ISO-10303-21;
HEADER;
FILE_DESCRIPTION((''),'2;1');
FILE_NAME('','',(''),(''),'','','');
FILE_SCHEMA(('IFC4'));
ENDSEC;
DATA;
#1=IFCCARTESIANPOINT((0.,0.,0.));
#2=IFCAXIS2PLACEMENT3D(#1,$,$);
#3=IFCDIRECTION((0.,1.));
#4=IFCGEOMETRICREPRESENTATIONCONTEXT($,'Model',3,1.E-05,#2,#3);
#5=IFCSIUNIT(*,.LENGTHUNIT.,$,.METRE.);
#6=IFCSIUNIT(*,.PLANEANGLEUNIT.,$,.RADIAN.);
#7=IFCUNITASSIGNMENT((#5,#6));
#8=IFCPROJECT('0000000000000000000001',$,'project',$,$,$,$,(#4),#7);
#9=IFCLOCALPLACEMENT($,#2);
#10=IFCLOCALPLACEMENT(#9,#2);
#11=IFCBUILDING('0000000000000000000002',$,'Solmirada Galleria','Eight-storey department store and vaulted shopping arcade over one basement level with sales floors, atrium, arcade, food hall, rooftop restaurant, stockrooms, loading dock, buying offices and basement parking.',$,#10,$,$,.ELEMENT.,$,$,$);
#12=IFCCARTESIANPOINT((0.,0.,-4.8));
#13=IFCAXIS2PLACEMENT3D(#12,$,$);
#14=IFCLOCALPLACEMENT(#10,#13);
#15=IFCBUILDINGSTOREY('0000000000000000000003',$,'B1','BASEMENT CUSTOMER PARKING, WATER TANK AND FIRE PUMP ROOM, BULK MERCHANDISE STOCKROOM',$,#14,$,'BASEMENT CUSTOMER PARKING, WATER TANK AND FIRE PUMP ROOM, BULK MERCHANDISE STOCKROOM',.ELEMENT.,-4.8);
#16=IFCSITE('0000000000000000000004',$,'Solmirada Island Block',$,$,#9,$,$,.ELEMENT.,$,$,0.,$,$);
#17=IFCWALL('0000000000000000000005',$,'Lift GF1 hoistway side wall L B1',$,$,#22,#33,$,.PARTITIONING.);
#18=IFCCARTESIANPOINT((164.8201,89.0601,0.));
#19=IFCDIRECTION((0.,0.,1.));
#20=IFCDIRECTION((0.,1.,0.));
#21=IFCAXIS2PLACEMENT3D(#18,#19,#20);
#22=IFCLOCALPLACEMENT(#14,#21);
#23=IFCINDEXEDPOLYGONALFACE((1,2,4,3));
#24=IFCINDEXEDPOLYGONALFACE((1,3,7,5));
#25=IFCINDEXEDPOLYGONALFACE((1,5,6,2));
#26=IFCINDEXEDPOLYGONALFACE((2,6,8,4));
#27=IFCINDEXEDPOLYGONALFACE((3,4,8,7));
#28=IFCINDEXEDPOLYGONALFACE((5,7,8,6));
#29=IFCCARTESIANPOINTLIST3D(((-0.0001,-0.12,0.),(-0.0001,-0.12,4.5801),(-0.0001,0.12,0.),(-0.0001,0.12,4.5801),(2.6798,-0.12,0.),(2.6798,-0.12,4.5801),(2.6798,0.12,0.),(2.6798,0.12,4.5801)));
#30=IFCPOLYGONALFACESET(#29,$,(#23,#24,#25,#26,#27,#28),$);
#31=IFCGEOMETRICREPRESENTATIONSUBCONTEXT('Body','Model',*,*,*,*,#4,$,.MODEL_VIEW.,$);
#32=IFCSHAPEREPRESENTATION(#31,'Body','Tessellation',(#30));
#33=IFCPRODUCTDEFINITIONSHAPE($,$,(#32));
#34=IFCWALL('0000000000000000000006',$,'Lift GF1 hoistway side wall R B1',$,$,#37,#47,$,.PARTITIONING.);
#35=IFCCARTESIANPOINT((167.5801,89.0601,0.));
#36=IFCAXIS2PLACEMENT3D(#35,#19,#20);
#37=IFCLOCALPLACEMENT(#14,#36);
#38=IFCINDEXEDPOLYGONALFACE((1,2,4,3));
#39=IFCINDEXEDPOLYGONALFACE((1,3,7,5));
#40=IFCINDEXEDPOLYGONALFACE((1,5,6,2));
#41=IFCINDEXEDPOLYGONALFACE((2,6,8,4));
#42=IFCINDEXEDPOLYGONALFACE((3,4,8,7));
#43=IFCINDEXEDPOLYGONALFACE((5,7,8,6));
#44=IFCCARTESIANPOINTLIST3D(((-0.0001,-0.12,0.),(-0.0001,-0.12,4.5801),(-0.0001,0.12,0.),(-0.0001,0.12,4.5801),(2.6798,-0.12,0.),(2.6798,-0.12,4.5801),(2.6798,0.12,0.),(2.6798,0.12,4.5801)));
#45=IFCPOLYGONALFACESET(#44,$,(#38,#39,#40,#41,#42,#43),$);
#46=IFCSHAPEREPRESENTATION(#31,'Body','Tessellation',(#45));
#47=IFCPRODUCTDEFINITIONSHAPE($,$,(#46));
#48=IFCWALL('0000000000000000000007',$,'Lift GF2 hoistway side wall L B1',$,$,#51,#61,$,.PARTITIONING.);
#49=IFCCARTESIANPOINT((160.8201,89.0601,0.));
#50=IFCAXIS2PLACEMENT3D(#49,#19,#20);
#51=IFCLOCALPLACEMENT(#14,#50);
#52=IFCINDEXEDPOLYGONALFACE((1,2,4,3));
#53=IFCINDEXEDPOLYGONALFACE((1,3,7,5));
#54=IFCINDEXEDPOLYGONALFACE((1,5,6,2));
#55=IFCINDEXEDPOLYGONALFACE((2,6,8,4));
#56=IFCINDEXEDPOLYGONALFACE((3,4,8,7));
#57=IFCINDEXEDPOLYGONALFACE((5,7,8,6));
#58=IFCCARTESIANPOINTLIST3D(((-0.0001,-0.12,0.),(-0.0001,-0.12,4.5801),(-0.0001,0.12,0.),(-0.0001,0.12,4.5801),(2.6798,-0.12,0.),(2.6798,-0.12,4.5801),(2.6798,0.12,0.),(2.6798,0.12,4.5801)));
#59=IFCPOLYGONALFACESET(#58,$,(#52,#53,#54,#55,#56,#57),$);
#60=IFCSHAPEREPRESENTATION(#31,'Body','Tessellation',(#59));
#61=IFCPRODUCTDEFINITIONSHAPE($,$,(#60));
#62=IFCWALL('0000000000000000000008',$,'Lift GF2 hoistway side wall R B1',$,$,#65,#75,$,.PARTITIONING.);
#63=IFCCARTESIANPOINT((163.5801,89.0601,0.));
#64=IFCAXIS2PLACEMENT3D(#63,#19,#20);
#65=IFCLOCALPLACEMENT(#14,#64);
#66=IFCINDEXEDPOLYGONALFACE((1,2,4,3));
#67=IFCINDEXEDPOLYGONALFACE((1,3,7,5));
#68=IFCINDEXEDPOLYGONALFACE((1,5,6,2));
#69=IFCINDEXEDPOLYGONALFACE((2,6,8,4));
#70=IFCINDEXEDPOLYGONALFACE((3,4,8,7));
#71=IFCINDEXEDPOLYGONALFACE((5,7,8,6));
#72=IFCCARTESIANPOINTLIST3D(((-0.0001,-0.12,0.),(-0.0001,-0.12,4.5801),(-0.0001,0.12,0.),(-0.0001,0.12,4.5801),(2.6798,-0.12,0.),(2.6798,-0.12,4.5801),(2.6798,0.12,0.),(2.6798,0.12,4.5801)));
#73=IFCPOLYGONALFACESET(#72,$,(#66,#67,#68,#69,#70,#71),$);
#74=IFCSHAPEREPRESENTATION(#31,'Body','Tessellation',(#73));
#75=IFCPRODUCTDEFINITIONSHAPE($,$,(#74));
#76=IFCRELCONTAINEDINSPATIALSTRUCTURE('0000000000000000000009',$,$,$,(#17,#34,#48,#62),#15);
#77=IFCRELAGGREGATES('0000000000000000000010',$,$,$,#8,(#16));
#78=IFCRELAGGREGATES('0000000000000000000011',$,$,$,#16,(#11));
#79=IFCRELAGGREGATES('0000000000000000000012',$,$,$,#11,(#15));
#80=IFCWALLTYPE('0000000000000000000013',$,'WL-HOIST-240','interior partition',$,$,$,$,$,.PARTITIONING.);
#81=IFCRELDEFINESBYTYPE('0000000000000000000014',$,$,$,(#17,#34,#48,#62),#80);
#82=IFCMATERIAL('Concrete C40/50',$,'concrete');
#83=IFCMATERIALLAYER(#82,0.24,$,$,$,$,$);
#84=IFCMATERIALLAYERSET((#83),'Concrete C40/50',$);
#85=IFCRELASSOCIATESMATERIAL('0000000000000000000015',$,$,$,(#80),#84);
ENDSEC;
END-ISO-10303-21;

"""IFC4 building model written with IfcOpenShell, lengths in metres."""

from ifc_helpers import new_model, si_unit, direction, frame, frame_2d, origin, place, context, subcontext, project, spatial, rectangle, extrude, material, layer, layer_set, type_object, element, save


model = new_model("IFC4")

# Units and contexts
model_context = context("Model", 3, precision=1e-05, world=origin(), true_north=direction((0.0, 1.0)))
body_context = subcontext(model_context, "Body", "Model", "MODEL_VIEW")
ifc_project = project(units=[si_unit("LENGTHUNIT", "METRE"), si_unit("PLANEANGLEUNIT", "RADIAN")], contexts=[model_context])

# Site, building, storey
site_placement = place(None, origin())
site = spatial("IfcSite", under=ifc_project, at=site_placement, Name="Solmirada Island Block", CompositionType="ELEMENT", RefElevation=0.0)
building_placement = place(site_placement, origin())
building = spatial("IfcBuilding", under=site, at=building_placement, Name="Solmirada Galleria", Description="Eight-storey department store and vaulted shopping arcade over one basement level with sales floors, atrium, arcade, food hall, rooftop restaurant, stockrooms, loading dock, buying offices and basement parking.", CompositionType="ELEMENT")
storey_placement = place(building_placement, frame((0.0, 0.0, -4.8)))
storey = spatial("IfcBuildingStorey", under=building, at=storey_placement, Name="B1", Description="BASEMENT CUSTOMER PARKING, WATER TANK AND FIRE PUMP ROOM, BULK MERCHANDISE STOCKROOM", LongName="BASEMENT CUSTOMER PARKING, WATER TANK AND FIRE PUMP ROOM, BULK MERCHANDISE STOCKROOM", CompositionType="ELEMENT", Elevation=-4.8)

# Shared definitions
ifc_material_1 = material(Name="Concrete C40/50", Category="concrete")

# Shared definitions
ifc_layer_1 = layer(ifc_material_1, 0.24)
ifc_layer_set_1 = layer_set([ifc_layer_1], Name="Concrete C40/50")
wall_type_1 = type_object("IfcWallType", Name="WL-HOIST-240", Description="interior partition", PredefinedType="PARTITIONING", material=ifc_layer_set_1)

# Walls
for number, where, z_axis, x_axis, name in (
    (1, (164.8201, 89.0601, 0.0), (0.0, 0.0, 1.0), (0.0, 1.0, 0.0), "Lift GF1 hoistway side wall L B1"),
    (2, (167.5801, 89.0601, 0.0), (0.0, 0.0, 1.0), (0.0, 1.0, 0.0), "Lift GF1 hoistway side wall R B1"),
):
    element("IfcWall", number, at=place(storey_placement, frame(where, z_axis=z_axis, x_axis=x_axis)), inside=storey, type_object=wall_type_1, Name=name, PredefinedType="PARTITIONING", context=body_context, shape_type="SweptSolid", body=[
        extrude(rectangle(XDim=2.6799, YDim=0.24, at=frame_2d((1.3398, 0.0))), origin(), (0.0, 0.0, 1.0), 4.5801),
    ])

# Walls
for number, where, z_axis, x_axis, name in (
    (3, (160.8201, 89.0601, 0.0), (0.0, 0.0, 1.0), (0.0, 1.0, 0.0), "Lift GF2 hoistway side wall L B1"),
    (4, (163.5801, 89.0601, 0.0), (0.0, 0.0, 1.0), (0.0, 1.0, 0.0), "Lift GF2 hoistway side wall R B1"),
):
    element("IfcWall", number, at=place(storey_placement, frame(where, z_axis=z_axis, x_axis=x_axis)), inside=storey, type_object=wall_type_1, Name=name, PredefinedType="PARTITIONING", context=body_context, shape_type="SweptSolid", body=[
        extrude(rectangle(XDim=2.6799, YDim=0.24, at=frame_2d((1.3398, 0.0))), origin(), (0.0, 0.0, 1.0), 4.5801),
    ])

save(model, "model.ifc")
